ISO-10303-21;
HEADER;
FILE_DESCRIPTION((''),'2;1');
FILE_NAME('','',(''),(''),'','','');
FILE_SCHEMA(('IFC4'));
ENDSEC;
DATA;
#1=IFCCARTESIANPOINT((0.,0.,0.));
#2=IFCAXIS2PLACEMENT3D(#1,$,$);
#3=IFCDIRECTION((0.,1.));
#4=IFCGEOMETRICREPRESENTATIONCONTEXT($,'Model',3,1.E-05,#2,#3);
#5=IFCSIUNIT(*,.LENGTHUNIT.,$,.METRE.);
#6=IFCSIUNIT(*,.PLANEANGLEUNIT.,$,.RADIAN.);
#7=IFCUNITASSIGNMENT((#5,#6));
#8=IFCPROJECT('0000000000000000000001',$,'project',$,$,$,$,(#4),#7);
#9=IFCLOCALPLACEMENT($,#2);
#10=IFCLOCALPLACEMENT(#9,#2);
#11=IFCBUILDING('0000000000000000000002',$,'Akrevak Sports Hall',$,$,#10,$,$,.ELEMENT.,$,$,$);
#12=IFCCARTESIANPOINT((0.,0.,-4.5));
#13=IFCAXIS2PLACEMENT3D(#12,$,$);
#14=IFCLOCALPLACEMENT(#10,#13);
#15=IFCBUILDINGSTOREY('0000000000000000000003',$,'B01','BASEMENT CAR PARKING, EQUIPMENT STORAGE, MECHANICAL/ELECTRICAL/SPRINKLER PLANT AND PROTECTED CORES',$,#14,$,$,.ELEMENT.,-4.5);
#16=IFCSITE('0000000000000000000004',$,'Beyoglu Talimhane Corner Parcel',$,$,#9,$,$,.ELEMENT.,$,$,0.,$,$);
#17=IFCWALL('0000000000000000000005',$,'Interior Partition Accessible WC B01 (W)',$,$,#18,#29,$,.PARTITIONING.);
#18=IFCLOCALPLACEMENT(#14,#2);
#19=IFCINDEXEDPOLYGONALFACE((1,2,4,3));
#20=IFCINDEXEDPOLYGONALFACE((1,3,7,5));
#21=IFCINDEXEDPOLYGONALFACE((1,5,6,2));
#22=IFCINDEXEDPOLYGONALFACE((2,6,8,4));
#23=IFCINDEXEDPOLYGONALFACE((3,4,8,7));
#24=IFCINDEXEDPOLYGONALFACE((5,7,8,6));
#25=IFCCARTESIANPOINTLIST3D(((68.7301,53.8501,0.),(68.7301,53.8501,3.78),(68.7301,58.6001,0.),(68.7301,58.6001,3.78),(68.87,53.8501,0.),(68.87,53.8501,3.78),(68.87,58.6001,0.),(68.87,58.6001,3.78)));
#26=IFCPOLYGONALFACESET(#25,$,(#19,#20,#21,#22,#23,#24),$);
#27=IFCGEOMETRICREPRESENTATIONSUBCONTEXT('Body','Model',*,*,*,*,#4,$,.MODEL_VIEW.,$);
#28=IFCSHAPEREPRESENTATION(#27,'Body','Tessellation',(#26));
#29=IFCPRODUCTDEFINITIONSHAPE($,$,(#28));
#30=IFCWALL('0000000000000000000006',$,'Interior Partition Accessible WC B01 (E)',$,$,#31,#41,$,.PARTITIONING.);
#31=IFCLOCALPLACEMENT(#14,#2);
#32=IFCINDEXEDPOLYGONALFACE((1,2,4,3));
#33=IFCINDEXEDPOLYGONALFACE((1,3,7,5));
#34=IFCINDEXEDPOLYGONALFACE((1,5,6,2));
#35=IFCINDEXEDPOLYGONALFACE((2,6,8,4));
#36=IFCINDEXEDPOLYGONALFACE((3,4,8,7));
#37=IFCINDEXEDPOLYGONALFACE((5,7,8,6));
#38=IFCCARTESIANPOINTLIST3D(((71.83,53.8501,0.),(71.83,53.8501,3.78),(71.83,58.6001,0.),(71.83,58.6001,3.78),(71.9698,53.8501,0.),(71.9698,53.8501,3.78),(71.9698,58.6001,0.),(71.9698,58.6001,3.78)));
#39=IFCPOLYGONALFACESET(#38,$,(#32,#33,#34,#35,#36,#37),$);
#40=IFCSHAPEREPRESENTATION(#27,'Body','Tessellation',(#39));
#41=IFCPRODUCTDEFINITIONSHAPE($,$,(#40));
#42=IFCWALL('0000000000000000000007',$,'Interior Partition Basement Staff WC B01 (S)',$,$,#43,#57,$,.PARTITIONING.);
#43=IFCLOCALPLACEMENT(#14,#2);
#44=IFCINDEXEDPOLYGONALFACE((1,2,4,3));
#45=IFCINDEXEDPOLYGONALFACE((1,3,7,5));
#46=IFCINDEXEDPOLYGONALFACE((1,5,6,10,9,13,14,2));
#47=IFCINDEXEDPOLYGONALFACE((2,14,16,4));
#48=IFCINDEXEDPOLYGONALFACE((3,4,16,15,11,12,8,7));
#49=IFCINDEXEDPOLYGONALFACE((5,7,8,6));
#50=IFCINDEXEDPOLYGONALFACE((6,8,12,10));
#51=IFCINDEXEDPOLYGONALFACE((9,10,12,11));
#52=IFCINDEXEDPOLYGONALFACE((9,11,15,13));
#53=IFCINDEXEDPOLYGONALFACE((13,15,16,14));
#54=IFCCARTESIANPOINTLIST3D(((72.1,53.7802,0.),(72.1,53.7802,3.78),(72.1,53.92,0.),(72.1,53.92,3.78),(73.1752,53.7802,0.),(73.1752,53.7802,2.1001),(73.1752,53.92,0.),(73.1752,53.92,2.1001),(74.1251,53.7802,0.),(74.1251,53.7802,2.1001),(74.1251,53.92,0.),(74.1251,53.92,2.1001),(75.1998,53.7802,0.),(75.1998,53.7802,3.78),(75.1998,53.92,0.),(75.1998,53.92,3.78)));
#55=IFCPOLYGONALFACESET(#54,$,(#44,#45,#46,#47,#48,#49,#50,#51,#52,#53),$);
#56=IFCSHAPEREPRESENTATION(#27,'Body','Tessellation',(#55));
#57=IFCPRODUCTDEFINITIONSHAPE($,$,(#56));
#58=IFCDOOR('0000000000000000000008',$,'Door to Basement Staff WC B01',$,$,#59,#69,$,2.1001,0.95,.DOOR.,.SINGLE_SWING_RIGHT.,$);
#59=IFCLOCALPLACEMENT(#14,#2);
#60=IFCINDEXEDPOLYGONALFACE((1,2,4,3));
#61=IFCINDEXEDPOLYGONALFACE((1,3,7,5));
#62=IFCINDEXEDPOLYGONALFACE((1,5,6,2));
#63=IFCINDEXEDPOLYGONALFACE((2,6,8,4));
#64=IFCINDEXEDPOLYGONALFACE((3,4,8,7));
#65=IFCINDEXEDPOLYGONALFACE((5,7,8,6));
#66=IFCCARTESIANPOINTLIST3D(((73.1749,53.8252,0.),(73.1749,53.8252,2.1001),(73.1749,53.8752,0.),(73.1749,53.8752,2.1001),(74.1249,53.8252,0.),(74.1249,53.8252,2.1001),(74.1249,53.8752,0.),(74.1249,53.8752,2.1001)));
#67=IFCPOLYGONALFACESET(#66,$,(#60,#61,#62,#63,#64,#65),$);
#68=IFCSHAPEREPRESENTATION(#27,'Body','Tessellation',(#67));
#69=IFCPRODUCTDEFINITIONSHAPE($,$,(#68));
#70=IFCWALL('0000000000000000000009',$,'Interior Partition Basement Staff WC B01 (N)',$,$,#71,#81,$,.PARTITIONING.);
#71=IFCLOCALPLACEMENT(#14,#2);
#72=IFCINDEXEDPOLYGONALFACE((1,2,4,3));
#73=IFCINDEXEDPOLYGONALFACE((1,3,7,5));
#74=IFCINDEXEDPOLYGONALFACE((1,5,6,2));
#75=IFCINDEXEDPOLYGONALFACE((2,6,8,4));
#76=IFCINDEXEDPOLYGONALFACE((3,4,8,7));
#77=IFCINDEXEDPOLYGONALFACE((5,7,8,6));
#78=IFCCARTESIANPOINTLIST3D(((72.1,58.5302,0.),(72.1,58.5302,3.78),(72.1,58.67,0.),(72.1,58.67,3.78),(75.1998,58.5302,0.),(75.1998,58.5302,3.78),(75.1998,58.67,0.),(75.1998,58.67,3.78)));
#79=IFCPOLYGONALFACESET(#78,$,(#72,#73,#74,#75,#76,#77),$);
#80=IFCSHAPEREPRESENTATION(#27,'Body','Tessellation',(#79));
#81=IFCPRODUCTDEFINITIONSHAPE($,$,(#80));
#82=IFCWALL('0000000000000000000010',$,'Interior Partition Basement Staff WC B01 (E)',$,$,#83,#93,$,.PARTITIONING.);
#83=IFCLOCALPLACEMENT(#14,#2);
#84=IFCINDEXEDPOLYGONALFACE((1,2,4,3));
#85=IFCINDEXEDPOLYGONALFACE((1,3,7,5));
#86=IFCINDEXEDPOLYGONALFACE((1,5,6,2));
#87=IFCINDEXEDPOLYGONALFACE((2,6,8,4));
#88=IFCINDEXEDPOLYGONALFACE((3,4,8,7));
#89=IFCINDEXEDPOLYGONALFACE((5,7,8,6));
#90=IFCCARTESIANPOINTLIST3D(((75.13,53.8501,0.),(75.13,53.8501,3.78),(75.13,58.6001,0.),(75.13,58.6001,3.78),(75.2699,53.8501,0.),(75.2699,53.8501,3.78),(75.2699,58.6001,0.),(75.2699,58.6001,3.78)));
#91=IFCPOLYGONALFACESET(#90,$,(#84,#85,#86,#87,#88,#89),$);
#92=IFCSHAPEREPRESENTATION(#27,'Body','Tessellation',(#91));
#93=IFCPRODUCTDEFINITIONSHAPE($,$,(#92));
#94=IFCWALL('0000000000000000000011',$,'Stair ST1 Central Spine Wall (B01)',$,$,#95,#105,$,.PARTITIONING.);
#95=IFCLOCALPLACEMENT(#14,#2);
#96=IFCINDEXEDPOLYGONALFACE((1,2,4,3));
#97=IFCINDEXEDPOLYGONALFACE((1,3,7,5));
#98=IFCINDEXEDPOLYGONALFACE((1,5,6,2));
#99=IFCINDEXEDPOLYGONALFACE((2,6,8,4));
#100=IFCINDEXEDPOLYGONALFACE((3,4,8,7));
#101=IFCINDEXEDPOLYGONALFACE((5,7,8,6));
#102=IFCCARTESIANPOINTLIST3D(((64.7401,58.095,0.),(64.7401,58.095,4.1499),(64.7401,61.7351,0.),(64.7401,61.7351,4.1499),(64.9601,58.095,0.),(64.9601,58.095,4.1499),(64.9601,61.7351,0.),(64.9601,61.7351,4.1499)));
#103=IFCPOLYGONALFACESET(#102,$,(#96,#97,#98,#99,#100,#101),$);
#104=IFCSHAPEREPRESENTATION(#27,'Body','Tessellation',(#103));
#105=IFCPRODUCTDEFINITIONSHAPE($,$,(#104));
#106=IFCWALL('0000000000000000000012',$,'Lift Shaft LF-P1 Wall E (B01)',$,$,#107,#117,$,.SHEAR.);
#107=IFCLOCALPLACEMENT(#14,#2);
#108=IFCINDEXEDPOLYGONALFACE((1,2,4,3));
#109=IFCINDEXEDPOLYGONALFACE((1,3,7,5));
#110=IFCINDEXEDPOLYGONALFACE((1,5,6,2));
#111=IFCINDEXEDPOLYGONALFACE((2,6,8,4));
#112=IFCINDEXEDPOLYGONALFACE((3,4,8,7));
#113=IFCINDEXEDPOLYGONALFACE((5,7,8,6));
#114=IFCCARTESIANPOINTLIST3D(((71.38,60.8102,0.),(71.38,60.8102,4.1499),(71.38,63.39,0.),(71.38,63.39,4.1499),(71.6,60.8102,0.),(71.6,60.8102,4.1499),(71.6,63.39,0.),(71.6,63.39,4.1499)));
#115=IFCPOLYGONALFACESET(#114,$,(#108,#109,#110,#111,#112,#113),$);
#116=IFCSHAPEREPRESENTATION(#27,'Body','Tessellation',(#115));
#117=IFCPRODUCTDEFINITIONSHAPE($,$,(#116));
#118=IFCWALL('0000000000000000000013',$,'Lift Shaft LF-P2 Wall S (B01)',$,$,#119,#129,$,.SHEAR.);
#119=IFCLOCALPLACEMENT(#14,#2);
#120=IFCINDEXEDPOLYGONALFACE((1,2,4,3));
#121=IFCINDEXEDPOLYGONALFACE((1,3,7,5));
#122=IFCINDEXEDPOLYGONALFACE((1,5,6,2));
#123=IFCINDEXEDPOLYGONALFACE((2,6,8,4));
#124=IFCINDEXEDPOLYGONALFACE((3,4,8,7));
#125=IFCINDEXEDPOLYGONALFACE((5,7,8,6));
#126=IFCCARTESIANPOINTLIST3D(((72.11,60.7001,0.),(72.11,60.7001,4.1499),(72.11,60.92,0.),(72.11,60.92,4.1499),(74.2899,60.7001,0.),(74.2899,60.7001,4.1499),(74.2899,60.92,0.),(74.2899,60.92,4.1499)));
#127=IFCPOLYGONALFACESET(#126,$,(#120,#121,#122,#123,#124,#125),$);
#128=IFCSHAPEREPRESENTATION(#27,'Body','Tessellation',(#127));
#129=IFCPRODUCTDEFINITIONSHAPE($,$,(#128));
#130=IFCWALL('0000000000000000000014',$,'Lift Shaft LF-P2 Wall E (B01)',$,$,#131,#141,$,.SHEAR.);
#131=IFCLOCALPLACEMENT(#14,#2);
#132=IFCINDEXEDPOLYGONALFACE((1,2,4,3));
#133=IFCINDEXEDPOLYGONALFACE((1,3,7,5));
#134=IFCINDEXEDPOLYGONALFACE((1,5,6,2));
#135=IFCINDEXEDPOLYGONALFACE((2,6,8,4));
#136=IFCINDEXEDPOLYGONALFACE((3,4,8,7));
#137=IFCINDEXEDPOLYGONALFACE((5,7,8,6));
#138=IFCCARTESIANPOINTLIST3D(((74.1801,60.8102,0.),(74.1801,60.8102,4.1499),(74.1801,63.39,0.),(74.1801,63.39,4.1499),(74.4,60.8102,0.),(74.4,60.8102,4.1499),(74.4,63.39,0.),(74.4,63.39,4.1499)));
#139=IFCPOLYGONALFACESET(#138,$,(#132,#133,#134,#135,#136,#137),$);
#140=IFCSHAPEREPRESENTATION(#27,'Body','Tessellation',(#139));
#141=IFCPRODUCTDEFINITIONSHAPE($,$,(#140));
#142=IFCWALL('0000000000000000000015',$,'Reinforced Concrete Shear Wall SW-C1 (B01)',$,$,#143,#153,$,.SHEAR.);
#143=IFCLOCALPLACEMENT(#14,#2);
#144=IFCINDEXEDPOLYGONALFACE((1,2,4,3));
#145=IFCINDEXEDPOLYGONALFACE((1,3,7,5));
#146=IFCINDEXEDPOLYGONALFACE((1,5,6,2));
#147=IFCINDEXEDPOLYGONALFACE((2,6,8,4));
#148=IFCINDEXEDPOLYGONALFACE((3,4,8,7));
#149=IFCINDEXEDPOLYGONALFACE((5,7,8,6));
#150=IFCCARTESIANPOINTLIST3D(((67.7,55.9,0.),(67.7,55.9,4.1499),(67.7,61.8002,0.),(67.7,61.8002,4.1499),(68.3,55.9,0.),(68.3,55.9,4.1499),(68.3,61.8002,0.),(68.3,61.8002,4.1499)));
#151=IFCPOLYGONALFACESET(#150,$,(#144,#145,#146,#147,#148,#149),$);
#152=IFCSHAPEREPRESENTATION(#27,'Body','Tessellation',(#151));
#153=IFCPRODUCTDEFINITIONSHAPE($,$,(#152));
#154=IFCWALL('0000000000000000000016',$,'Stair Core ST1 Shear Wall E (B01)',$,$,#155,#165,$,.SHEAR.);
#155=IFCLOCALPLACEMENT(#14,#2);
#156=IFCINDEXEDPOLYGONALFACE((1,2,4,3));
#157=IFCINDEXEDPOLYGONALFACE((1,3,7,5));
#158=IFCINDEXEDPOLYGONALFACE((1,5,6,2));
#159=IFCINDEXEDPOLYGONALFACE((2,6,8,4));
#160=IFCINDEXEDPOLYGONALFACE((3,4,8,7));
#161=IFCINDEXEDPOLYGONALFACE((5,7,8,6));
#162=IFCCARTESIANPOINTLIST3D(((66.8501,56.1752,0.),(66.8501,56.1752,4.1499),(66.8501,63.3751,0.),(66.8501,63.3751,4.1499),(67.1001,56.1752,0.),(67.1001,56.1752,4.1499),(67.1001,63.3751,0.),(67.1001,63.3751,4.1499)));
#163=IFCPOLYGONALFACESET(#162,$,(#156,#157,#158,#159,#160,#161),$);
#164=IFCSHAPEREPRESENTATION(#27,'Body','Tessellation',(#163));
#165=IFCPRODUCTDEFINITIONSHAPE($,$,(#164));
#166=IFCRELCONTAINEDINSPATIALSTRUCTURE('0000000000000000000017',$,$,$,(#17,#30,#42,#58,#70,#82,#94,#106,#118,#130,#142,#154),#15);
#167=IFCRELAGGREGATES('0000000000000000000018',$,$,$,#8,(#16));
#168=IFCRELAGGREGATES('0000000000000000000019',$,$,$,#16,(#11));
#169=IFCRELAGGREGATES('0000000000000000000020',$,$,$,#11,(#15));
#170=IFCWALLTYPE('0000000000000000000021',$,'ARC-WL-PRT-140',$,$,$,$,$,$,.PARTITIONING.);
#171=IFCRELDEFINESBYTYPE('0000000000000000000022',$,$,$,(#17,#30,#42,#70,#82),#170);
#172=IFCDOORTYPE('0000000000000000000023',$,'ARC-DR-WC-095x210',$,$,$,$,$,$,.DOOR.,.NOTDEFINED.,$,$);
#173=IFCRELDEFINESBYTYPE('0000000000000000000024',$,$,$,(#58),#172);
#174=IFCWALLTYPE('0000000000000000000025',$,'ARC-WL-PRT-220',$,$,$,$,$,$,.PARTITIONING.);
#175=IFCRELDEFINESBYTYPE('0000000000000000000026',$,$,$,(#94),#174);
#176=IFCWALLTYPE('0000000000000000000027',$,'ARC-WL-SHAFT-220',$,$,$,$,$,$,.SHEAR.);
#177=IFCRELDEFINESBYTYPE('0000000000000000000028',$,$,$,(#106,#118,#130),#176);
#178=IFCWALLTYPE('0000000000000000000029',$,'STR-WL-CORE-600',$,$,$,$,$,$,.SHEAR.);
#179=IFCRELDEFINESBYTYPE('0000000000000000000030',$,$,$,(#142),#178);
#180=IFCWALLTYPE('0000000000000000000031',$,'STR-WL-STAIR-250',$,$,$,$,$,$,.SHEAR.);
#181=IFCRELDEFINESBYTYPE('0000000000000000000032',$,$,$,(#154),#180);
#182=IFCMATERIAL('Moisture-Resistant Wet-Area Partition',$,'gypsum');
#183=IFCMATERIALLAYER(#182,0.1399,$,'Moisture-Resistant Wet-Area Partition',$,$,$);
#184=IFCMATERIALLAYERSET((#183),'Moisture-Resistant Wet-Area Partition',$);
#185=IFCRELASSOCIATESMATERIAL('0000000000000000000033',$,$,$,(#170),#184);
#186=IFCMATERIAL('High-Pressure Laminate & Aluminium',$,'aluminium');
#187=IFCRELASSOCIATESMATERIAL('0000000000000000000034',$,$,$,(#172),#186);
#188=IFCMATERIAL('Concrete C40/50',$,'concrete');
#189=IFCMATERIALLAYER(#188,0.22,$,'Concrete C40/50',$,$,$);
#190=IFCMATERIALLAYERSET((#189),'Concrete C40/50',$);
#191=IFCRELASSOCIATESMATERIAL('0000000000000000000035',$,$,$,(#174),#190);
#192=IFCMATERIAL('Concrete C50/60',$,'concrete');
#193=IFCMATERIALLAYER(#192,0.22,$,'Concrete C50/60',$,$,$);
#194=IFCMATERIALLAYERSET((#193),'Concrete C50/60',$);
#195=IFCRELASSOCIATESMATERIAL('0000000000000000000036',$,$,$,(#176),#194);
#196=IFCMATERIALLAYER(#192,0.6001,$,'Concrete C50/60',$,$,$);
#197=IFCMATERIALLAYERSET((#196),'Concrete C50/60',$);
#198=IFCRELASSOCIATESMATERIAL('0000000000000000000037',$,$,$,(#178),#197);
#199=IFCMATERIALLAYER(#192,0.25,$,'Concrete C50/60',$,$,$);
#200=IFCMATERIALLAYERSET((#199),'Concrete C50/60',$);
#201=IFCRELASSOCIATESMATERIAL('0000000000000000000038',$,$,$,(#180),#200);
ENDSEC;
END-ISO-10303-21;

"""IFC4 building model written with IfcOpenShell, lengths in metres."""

from ifc_helpers import new_model, si_unit, direction, frame, frame_2d, origin, place, context, subcontext, project, spatial, rectangle, extrude, material, layer, layer_set, type_object, element, fill, save


model = new_model("IFC4")

# Units and contexts
model_context = context("Model", 3, precision=1e-05, world=origin(), true_north=direction((0.0, 1.0)))
body_context = subcontext(model_context, "Body", "Model", "MODEL_VIEW")
ifc_project = project(units=[si_unit("LENGTHUNIT", "METRE"), si_unit("PLANEANGLEUNIT", "RADIAN")], contexts=[model_context])

# Site, building, storey
site_placement = place(None, origin())
site = spatial("IfcSite", under=ifc_project, at=site_placement, Name="Beyoglu Talimhane Corner Parcel", CompositionType="ELEMENT", RefElevation=0.0)
building_placement = place(site_placement, origin())
building = spatial("IfcBuilding", under=site, at=building_placement, Name="Akrevak Sports Hall", CompositionType="ELEMENT")
storey_placement = place(building_placement, frame((0.0, 0.0, -4.5)))
storey = spatial("IfcBuildingStorey", under=building, at=storey_placement, Name="B01", Description="BASEMENT CAR PARKING, EQUIPMENT STORAGE, MECHANICAL/ELECTRICAL/SPRINKLER PLANT AND PROTECTED CORES", CompositionType="ELEMENT", Elevation=-4.5)

# Shared definitions
ifc_material_1 = material(Name="Concrete C50/60", Category="concrete")

# Shared definitions
ifc_material_2 = material(Name="Concrete C40/50", Category="concrete")

# Shared definitions
ifc_material_3 = material(Name="Moisture-Resistant Wet-Area Partition", Category="gypsum")
ifc_layer_1 = layer(ifc_material_3, 0.1399, Name="Moisture-Resistant Wet-Area Partition")
ifc_layer_set_1 = layer_set([ifc_layer_1], Name="Moisture-Resistant Wet-Area Partition")
wall_type_1 = type_object("IfcWallType", Name="ARC-WL-PRT-140", PredefinedType="PARTITIONING", material=ifc_layer_set_1)
ifc_material_4 = material(Name="High-Pressure Laminate & Aluminium", Category="aluminium")

# Walls
for number, where, z_axis, x_axis, name in (
    (1, (68.8, 53.8501, 0.0), (0.0, 0.0, 1.0), (0.0, 1.0, 0.0), "Interior Partition Accessible WC B01 (W)"),
    (2, (71.8999, 53.8501, 0.0), (0.0, 0.0, 1.0), (0.0, 1.0, 0.0), "Interior Partition Accessible WC B01 (E)"),
):
    element("IfcWall", number, at=place(storey_placement, frame(where, z_axis=z_axis, x_axis=x_axis)), inside=storey, type_object=wall_type_1, Name=name, PredefinedType="PARTITIONING", context=body_context, shape_type="SweptSolid", body=[
        extrude(rectangle(XDim=4.75, YDim=0.1399, at=frame_2d((2.375, 0.0))), origin(), (0.0, 0.0, 1.0), 3.78),
    ])

# Wall, opening, door
wall_1_placement = place(storey_placement, frame((72.1001, 53.8501, 0.0), z_axis=(0.0, 0.0, 1.0), x_axis=(1.0, 0.0, 0.0)))
wall_1 = element("IfcWall", 3, at=wall_1_placement, inside=storey, type_object=wall_type_1, Name="Interior Partition Basement Staff WC B01 (S)", PredefinedType="PARTITIONING", context=body_context, shape_type="SweptSolid", body=[
    extrude(rectangle(XDim=3.0999, YDim=0.1399, at=frame_2d((1.5498, 0.0))), origin(), (0.0, 0.0, 1.0), 3.78),
])
opening_1_placement = place(wall_1_placement, frame((1.075, 0.0, 0.0)))
opening_1 = element("IfcOpeningElement", 4, at=opening_1_placement, cuts=wall_1, PredefinedType="OPENING", context=body_context, shape_type="SweptSolid", body=[
    extrude(rectangle(XDim=0.95, YDim=2.1001, at=frame_2d((0.4751, 1.05))), frame((0.0, 0.082, 0.0), z_axis=(0.0, -1.0, 0.0), x_axis=(1.0, 0.0, 0.0)), (0.0, 0.0, 1.0), 0.1638),
])
door_type_1 = type_object("IfcDoorType", Name="ARC-DR-WC-095x210", OperationType="NOTDEFINED", PredefinedType="DOOR", material=ifc_material_4)
door_1_placement = place(opening_1_placement, frame((0.95, 0.0, 0.0), z_axis=(0.0, 0.0, 1.0), x_axis=(-1.0, 0.0, 0.0)))
door_1 = element("IfcDoor", 5, at=door_1_placement, inside=storey, type_object=door_type_1, Name="Door to Basement Staff WC B01", OperationType="SINGLE_SWING_RIGHT", OverallHeight=2.1001, OverallWidth=0.95, PredefinedType="DOOR", context=body_context, shape_type="SweptSolid", body=[
    extrude(rectangle(XDim=0.95, YDim=2.1001, at=frame_2d((0.4751, 1.05))), frame((0.0, 0.0249, 0.0), z_axis=(0.0, -1.0, 0.0), x_axis=(1.0, 0.0, 0.0)), (0.0, 0.0, 1.0), 0.05),
])
fill(opening_1, door_1)

# Walls
wall_2_placement = place(storey_placement, frame((72.1001, 58.6001, 0.0), z_axis=(0.0, 0.0, 1.0), x_axis=(1.0, 0.0, 0.0)))
element("IfcWall", 6, at=wall_2_placement, inside=storey, type_object=wall_type_1, Name="Interior Partition Basement Staff WC B01 (N)", PredefinedType="PARTITIONING", context=body_context, shape_type="SweptSolid", body=[
    extrude(rectangle(XDim=3.0999, YDim=0.1399, at=frame_2d((1.5498, 0.0))), origin(), (0.0, 0.0, 1.0), 3.78),
])
wall_3_placement = place(storey_placement, frame((75.2, 53.8501, 0.0), z_axis=(0.0, 0.0, 1.0), x_axis=(0.0, 1.0, 0.0)))
element("IfcWall", 7, at=wall_3_placement, inside=storey, type_object=wall_type_1, Name="Interior Partition Basement Staff WC B01 (E)", PredefinedType="PARTITIONING", context=body_context, shape_type="SweptSolid", body=[
    extrude(rectangle(XDim=4.75, YDim=0.1399, at=frame_2d((2.375, 0.0))), origin(), (0.0, 0.0, 1.0), 3.78),
])
ifc_layer_2 = layer(ifc_material_2, 0.22, Name="Concrete C40/50")
ifc_layer_set_2 = layer_set([ifc_layer_2], Name="Concrete C40/50")
wall_type_2 = type_object("IfcWallType", Name="ARC-WL-PRT-220", PredefinedType="PARTITIONING", material=ifc_layer_set_2)
wall_4_placement = place(storey_placement, frame((64.8501, 58.095, 0.0), z_axis=(0.0, 0.0, 1.0), x_axis=(0.0, 1.0, 0.0)))
element("IfcWall", 8, at=wall_4_placement, inside=storey, type_object=wall_type_2, Name="Stair ST1 Central Spine Wall (B01)", PredefinedType="PARTITIONING", context=body_context, shape_type="SweptSolid", body=[
    extrude(rectangle(XDim=3.6401, YDim=0.22, at=frame_2d((1.8201, 0.0))), origin(), (0.0, 0.0, 1.0), 4.1499),
])
ifc_layer_3 = layer(ifc_material_1, 0.22, Name="Concrete C50/60")
ifc_layer_set_3 = layer_set([ifc_layer_3], Name="Concrete C50/60")
wall_type_3 = type_object("IfcWallType", Name="ARC-WL-SHAFT-220", PredefinedType="SHEAR", material=ifc_layer_set_3)
wall_5_placement = place(storey_placement, frame((71.49, 60.8101, 0.0), z_axis=(0.0, 0.0, 1.0), x_axis=(0.0, 1.0, 0.0)))
element("IfcWall", 9, at=wall_5_placement, inside=storey, type_object=wall_type_3, Name="Lift Shaft LF-P1 Wall E (B01)", PredefinedType="SHEAR", context=body_context, shape_type="SweptSolid", body=[
    extrude(rectangle(XDim=2.5798, YDim=0.22, at=frame_2d((1.29, 0.0))), origin(), (0.0, 0.0, 1.0), 4.1499),
])
wall_6_placement = place(storey_placement, frame((72.1101, 60.8101, 0.0), z_axis=(0.0, 0.0, 1.0), x_axis=(1.0, 0.0, 0.0)))
element("IfcWall", 10, at=wall_6_placement, inside=storey, type_object=wall_type_3, Name="Lift Shaft LF-P2 Wall S (B01)", PredefinedType="SHEAR", context=body_context, shape_type="SweptSolid", body=[
    extrude(rectangle(XDim=2.1799, YDim=0.22, at=frame_2d((1.0898, 0.0))), origin(), (0.0, 0.0, 1.0), 4.1499),
])
wall_7_placement = place(storey_placement, frame((74.29, 60.8101, 0.0), z_axis=(0.0, 0.0, 1.0), x_axis=(0.0, 1.0, 0.0)))
element("IfcWall", 11, at=wall_7_placement, inside=storey, type_object=wall_type_3, Name="Lift Shaft LF-P2 Wall E (B01)", PredefinedType="SHEAR", context=body_context, shape_type="SweptSolid", body=[
    extrude(rectangle(XDim=2.5798, YDim=0.22, at=frame_2d((1.29, 0.0))), origin(), (0.0, 0.0, 1.0), 4.1499),
])
ifc_layer_4 = layer(ifc_material_1, 0.6001, Name="Concrete C50/60")
ifc_layer_set_4 = layer_set([ifc_layer_4], Name="Concrete C50/60")
wall_type_4 = type_object("IfcWallType", Name="STR-WL-CORE-600", PredefinedType="SHEAR", material=ifc_layer_set_4)
wall_8_placement = place(storey_placement, frame((68.0, 55.8999, 0.0), z_axis=(0.0, 0.0, 1.0), x_axis=(0.0, 1.0, 0.0)))
element("IfcWall", 12, at=wall_8_placement, inside=storey, type_object=wall_type_4, Name="Reinforced Concrete Shear Wall SW-C1 (B01)", PredefinedType="SHEAR", context=body_context, shape_type="SweptSolid", body=[
    extrude(rectangle(XDim=5.9001, YDim=0.6001, at=frame_2d((2.9502, 0.0))), origin(), (0.0, 0.0, 1.0), 4.1499),
])
ifc_layer_5 = layer(ifc_material_1, 0.25, Name="Concrete C50/60")
ifc_layer_set_5 = layer_set([ifc_layer_5], Name="Concrete C50/60")
wall_type_5 = type_object("IfcWallType", Name="STR-WL-STAIR-250", PredefinedType="SHEAR", material=ifc_layer_set_5)
wall_9_placement = place(storey_placement, frame((66.9751, 56.175, 0.0), z_axis=(0.0, 0.0, 1.0), x_axis=(0.0, 1.0, 0.0)))
element("IfcWall", 13, at=wall_9_placement, inside=storey, type_object=wall_type_5, Name="Stair Core ST1 Shear Wall E (B01)", PredefinedType="SHEAR", context=body_context, shape_type="SweptSolid", body=[
    extrude(rectangle(XDim=7.2, YDim=0.25, at=frame_2d((3.6001, 0.0))), origin(), (0.0, 0.0, 1.0), 4.1499),
])

save(model, "model.ifc")
